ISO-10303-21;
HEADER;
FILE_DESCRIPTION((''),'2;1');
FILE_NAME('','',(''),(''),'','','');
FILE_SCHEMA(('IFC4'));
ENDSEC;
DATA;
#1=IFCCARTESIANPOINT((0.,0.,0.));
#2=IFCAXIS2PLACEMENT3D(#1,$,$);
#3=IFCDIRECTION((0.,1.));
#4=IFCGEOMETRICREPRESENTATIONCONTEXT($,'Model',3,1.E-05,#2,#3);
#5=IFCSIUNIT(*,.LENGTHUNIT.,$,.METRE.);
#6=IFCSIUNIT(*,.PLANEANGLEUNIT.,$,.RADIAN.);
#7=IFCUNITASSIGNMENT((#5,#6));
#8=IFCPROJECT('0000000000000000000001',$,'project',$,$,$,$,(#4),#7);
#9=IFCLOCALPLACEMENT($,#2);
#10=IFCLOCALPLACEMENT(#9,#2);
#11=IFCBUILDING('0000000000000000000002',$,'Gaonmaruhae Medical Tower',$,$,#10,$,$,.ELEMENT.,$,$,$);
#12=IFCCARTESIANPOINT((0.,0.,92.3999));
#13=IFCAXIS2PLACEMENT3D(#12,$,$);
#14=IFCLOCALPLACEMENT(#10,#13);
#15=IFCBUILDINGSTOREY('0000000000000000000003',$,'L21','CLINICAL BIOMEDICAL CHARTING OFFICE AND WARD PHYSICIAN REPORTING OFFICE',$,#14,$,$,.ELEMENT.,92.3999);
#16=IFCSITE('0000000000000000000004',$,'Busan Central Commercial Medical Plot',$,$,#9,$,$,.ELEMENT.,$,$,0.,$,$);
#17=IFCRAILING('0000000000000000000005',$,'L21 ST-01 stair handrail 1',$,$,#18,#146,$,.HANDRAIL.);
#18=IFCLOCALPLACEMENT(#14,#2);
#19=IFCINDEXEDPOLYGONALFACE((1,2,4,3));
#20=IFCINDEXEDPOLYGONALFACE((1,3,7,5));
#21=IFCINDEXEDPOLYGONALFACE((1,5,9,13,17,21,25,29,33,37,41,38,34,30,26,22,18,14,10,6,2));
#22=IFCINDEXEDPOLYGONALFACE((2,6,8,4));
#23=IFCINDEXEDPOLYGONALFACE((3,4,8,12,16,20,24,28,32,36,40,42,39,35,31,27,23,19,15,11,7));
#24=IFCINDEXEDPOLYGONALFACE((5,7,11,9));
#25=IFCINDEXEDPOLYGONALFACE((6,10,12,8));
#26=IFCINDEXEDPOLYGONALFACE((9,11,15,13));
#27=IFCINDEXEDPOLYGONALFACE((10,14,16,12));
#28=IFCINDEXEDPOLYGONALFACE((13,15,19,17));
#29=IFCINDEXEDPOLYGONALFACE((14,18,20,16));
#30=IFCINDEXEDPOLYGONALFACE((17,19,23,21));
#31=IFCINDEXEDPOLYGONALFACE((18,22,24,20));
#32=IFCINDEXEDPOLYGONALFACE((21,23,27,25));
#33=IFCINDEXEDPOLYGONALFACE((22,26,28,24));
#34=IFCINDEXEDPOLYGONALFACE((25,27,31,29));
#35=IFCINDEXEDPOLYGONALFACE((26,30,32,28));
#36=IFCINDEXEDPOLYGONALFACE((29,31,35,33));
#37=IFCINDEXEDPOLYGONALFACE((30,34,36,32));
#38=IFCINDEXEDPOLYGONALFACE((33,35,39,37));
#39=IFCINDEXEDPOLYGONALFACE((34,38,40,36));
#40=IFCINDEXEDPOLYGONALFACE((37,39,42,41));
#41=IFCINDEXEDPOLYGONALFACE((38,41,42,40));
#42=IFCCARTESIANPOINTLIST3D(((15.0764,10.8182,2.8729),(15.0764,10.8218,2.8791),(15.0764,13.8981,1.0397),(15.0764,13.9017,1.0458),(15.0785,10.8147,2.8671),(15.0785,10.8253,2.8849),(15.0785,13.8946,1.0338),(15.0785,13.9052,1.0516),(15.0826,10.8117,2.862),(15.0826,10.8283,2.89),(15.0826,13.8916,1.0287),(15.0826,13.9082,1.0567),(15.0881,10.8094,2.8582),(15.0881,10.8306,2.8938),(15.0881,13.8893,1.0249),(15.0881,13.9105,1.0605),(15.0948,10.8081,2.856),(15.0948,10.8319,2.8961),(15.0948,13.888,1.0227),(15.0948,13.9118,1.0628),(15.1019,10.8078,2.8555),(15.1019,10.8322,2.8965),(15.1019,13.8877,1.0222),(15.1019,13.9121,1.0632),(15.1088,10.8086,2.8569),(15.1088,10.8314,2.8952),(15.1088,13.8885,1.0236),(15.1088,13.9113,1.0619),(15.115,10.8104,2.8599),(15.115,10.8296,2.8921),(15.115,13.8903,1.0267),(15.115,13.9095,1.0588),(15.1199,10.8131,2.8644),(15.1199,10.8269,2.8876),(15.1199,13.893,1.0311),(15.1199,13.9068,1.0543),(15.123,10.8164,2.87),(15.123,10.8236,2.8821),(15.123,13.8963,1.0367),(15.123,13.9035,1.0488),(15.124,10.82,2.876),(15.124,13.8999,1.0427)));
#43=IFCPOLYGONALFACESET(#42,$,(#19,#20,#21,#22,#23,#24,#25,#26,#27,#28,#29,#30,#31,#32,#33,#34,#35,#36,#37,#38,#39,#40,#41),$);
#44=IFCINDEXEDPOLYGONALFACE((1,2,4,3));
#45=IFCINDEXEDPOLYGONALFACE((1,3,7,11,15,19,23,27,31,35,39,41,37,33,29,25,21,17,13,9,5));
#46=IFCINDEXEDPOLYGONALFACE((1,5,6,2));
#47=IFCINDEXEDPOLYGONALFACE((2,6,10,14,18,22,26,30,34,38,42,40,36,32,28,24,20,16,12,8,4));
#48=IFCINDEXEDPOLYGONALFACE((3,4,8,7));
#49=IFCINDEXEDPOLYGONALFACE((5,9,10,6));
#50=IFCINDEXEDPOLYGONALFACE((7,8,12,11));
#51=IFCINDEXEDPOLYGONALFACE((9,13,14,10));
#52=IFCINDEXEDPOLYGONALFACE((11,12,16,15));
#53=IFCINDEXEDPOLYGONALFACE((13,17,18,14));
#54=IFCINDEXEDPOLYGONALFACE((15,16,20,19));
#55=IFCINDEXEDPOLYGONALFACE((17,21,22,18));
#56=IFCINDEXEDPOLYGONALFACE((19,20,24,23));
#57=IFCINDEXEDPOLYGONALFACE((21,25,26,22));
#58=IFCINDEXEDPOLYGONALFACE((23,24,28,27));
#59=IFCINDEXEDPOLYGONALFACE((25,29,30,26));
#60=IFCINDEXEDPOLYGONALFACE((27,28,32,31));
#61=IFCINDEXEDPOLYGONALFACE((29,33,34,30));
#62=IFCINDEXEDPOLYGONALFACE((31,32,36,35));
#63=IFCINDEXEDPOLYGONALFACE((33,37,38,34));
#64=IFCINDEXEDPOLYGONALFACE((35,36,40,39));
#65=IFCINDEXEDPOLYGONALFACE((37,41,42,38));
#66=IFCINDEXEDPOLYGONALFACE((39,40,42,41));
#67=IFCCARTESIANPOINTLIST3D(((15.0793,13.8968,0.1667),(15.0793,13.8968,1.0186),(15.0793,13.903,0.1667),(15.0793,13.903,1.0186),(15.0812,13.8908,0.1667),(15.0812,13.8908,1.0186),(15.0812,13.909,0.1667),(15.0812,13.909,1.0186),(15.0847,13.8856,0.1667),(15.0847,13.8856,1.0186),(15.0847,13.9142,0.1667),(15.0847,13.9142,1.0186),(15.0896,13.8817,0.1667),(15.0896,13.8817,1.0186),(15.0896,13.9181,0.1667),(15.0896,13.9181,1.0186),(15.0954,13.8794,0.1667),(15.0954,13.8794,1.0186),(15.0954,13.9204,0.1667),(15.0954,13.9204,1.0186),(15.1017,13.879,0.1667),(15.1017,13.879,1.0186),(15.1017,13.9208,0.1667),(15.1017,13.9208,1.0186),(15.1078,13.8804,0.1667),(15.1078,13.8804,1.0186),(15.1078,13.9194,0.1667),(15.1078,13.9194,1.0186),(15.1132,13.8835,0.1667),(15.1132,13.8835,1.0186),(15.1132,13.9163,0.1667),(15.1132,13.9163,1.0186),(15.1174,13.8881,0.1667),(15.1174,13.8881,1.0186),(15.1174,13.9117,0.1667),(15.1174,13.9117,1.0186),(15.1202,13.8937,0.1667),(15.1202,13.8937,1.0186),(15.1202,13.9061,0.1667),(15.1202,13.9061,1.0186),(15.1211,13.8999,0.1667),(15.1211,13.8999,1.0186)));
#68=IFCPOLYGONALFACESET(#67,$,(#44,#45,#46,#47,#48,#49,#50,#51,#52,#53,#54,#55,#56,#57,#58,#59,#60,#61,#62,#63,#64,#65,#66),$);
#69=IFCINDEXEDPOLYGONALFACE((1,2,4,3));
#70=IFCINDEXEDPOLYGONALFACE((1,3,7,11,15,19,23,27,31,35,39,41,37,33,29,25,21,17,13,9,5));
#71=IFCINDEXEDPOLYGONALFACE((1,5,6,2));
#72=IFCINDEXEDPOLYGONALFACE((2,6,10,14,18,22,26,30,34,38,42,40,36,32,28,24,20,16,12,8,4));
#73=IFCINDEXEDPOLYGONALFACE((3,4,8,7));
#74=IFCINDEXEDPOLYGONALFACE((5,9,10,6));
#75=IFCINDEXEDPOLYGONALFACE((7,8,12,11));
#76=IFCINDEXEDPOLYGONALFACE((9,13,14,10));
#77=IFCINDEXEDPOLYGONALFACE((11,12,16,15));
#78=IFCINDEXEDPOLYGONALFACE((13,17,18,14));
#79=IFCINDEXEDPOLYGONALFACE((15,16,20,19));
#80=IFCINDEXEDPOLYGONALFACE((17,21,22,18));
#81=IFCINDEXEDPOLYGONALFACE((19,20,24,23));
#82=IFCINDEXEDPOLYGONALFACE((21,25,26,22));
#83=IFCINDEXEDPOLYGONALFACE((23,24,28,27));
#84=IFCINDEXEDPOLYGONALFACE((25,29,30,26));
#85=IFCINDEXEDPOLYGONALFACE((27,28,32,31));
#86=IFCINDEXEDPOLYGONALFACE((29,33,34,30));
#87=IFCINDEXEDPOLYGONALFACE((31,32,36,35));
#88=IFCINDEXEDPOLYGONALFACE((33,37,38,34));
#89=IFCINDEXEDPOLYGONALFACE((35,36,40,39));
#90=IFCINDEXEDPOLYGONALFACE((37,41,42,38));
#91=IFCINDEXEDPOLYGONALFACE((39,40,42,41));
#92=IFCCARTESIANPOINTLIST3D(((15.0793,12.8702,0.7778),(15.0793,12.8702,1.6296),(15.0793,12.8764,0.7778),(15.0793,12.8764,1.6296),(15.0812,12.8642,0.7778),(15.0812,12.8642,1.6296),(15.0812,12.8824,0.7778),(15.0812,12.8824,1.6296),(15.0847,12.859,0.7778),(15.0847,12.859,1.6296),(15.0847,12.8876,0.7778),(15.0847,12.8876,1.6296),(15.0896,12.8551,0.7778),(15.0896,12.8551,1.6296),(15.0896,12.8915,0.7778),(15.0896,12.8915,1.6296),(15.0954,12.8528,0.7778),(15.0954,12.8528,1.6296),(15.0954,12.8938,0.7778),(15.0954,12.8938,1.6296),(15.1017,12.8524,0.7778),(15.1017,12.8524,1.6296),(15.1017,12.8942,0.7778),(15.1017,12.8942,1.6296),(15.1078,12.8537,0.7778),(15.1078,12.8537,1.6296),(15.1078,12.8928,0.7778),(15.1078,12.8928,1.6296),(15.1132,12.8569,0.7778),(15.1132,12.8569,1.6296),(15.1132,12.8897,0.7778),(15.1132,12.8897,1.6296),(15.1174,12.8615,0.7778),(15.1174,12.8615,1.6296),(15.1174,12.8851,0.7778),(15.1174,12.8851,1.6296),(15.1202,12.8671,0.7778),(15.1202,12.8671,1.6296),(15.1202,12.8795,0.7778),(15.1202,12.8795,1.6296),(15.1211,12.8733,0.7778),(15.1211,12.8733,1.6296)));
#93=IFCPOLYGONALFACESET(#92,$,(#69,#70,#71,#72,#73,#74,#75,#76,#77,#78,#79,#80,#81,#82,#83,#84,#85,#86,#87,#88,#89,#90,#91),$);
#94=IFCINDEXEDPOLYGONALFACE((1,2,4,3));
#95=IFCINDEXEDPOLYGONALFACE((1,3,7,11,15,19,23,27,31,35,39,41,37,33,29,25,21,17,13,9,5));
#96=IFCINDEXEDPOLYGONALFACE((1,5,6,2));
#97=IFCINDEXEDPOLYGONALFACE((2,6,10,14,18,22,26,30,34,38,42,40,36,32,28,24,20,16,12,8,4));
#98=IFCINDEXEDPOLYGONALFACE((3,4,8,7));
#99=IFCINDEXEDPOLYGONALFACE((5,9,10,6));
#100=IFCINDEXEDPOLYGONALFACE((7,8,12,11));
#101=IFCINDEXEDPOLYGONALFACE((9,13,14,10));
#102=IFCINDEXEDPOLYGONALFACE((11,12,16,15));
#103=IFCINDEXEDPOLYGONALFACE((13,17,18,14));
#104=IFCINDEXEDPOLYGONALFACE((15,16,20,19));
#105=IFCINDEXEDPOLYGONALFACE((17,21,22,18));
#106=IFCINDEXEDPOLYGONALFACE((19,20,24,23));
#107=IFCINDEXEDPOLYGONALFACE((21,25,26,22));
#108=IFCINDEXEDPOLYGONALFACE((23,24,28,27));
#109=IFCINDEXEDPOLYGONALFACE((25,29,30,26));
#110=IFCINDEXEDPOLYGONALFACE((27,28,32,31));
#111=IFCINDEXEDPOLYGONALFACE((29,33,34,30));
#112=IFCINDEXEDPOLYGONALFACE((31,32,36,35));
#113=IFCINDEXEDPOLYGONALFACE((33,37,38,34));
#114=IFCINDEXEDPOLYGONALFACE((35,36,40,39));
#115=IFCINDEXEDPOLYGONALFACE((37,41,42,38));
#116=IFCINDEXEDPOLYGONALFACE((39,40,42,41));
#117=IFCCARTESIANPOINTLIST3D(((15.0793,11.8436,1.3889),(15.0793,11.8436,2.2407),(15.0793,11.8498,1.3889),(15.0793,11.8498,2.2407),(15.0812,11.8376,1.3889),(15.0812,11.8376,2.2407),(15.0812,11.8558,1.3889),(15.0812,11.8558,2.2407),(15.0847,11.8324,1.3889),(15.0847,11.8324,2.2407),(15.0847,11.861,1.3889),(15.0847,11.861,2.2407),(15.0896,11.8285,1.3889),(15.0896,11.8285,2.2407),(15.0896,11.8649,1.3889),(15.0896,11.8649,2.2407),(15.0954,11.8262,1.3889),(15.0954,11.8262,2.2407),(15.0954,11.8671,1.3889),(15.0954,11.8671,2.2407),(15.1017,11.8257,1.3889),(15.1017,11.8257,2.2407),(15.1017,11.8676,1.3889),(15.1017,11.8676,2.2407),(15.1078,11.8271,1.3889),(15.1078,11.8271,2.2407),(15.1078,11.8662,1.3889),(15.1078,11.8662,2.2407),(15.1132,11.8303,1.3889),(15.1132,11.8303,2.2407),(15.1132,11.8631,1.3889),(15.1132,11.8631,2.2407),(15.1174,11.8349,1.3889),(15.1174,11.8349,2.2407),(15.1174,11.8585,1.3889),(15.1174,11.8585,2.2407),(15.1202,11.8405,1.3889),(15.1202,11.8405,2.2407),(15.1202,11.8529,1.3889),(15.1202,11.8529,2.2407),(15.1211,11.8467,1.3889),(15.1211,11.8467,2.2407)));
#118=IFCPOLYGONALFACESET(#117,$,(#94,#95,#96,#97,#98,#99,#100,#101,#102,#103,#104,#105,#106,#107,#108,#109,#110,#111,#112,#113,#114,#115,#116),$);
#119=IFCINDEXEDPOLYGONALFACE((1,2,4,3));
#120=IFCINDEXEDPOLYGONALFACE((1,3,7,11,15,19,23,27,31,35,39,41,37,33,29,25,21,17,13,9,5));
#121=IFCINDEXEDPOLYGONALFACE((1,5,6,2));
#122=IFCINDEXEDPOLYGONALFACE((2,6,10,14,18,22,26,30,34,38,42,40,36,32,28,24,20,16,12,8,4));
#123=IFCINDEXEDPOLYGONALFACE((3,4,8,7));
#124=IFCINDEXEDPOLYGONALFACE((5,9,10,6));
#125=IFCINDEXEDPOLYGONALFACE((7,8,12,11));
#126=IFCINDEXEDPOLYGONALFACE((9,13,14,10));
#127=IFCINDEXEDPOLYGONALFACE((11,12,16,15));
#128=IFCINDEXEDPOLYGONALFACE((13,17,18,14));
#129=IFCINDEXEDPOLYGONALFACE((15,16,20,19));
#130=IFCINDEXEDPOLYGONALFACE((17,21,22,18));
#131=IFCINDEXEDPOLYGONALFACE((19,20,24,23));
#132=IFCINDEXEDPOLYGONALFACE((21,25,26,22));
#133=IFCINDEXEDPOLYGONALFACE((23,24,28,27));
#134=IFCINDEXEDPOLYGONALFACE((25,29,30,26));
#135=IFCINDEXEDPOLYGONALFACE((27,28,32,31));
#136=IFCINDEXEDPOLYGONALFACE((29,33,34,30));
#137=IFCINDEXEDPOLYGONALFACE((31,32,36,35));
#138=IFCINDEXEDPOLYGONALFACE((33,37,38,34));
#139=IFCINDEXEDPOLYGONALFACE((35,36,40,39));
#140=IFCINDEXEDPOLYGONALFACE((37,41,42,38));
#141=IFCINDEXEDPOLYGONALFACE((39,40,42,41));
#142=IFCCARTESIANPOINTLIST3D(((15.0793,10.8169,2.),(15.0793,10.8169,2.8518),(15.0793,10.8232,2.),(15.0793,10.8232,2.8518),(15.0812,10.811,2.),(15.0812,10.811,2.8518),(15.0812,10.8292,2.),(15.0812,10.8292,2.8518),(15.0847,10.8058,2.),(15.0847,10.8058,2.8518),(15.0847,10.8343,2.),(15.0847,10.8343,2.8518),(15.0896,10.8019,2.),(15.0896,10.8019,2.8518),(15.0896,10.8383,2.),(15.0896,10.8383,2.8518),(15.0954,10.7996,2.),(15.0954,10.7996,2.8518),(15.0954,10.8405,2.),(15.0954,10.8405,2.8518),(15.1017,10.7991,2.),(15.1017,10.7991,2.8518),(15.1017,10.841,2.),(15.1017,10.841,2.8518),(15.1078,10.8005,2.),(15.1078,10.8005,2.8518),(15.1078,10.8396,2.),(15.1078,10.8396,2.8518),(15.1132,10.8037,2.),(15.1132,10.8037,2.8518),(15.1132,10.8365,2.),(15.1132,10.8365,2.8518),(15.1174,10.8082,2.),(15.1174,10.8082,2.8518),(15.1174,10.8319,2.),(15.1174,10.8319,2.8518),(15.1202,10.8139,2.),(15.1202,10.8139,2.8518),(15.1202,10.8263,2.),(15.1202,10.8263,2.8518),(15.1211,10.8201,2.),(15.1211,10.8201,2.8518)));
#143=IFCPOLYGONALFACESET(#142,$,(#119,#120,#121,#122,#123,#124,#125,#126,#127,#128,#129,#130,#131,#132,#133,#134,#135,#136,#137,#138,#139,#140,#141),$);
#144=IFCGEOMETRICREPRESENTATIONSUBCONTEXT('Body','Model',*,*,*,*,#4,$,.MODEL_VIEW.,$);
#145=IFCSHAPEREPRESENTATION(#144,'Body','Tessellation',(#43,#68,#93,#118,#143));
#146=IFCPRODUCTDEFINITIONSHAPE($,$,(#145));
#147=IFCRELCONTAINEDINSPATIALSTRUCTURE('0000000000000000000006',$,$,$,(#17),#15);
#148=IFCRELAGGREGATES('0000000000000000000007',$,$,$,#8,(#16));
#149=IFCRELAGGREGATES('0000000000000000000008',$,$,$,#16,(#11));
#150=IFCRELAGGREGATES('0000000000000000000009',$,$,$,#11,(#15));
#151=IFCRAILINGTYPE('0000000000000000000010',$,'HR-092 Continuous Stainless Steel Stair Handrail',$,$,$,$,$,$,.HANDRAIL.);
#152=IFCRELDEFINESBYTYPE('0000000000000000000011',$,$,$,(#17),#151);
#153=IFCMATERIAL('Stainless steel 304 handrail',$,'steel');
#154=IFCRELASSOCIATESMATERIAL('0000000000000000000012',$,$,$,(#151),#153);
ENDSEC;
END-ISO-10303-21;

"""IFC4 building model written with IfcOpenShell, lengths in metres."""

from ifc_helpers import new_model, si_unit, direction, frame, origin, origin_2d, place, context, subcontext, project, spatial, circle, extrude, material, type_object, element, save


model = new_model("IFC4")

# Units and contexts
model_context = context("Model", 3, precision=1e-05, world=origin(), true_north=direction((0.0, 1.0)))
body_context = subcontext(model_context, "Body", "Model", "MODEL_VIEW")
ifc_project = project(units=[si_unit("LENGTHUNIT", "METRE"), si_unit("PLANEANGLEUNIT", "RADIAN")], contexts=[model_context])

# Site, building, storey
site_placement = place(None, origin())
site = spatial("IfcSite", under=ifc_project, at=site_placement, Name="Busan Central Commercial Medical Plot", CompositionType="ELEMENT", RefElevation=0.0)
building_placement = place(site_placement, origin())
building = spatial("IfcBuilding", under=site, at=building_placement, Name="Gaonmaruhae Medical Tower", CompositionType="ELEMENT")
storey_placement = place(building_placement, frame((0.0, 0.0, 92.3999)))
storey = spatial("IfcBuildingStorey", under=building, at=storey_placement, Name="L21", Description="CLINICAL BIOMEDICAL CHARTING OFFICE AND WARD PHYSICIAN REPORTING OFFICE", CompositionType="ELEMENT", Elevation=92.3999)

# Railing
ifc_material_1 = material(Name="Stainless steel 304 handrail", Category="steel")
railing_type_1 = type_object("IfcRailingType", Name="HR-092 Continuous Stainless Steel Stair Handrail", PredefinedType="HANDRAIL", material=ifc_material_1)
railing_1_placement = place(storey_placement, frame((15.1001, 13.8999, 0.1667)))
element("IfcRailing", 1, at=railing_1_placement, inside=storey, type_object=railing_type_1, Name="L21 ST-01 stair handrail 1", PredefinedType="HANDRAIL", context=body_context, shape_type="SweptSolid", body=[
    extrude(circle(Radius=0.0239, at=origin_2d()), frame((0.0, 0.0, 0.876), z_axis=(0.0, -0.859291, 0.511487), x_axis=(1.0, 0.0, 0.0)), (0.0, 0.0, 1.0), 3.5842),
    extrude(circle(Radius=0.021, at=origin_2d()), origin(), (0.0, 0.0, 1.0), 0.8518),
    extrude(circle(Radius=0.021, at=origin_2d()), frame((0.0, -1.0266, 0.6111)), (0.0, 0.0, 1.0), 0.8518),
    extrude(circle(Radius=0.021, at=origin_2d()), frame((0.0, -2.0532, 1.2222)), (0.0, 0.0, 1.0), 0.8518),
    extrude(circle(Radius=0.021, at=origin_2d()), frame((0.0, -3.0798, 1.8333)), (0.0, 0.0, 1.0), 0.8518),
])

save(model, "model.ifc")
